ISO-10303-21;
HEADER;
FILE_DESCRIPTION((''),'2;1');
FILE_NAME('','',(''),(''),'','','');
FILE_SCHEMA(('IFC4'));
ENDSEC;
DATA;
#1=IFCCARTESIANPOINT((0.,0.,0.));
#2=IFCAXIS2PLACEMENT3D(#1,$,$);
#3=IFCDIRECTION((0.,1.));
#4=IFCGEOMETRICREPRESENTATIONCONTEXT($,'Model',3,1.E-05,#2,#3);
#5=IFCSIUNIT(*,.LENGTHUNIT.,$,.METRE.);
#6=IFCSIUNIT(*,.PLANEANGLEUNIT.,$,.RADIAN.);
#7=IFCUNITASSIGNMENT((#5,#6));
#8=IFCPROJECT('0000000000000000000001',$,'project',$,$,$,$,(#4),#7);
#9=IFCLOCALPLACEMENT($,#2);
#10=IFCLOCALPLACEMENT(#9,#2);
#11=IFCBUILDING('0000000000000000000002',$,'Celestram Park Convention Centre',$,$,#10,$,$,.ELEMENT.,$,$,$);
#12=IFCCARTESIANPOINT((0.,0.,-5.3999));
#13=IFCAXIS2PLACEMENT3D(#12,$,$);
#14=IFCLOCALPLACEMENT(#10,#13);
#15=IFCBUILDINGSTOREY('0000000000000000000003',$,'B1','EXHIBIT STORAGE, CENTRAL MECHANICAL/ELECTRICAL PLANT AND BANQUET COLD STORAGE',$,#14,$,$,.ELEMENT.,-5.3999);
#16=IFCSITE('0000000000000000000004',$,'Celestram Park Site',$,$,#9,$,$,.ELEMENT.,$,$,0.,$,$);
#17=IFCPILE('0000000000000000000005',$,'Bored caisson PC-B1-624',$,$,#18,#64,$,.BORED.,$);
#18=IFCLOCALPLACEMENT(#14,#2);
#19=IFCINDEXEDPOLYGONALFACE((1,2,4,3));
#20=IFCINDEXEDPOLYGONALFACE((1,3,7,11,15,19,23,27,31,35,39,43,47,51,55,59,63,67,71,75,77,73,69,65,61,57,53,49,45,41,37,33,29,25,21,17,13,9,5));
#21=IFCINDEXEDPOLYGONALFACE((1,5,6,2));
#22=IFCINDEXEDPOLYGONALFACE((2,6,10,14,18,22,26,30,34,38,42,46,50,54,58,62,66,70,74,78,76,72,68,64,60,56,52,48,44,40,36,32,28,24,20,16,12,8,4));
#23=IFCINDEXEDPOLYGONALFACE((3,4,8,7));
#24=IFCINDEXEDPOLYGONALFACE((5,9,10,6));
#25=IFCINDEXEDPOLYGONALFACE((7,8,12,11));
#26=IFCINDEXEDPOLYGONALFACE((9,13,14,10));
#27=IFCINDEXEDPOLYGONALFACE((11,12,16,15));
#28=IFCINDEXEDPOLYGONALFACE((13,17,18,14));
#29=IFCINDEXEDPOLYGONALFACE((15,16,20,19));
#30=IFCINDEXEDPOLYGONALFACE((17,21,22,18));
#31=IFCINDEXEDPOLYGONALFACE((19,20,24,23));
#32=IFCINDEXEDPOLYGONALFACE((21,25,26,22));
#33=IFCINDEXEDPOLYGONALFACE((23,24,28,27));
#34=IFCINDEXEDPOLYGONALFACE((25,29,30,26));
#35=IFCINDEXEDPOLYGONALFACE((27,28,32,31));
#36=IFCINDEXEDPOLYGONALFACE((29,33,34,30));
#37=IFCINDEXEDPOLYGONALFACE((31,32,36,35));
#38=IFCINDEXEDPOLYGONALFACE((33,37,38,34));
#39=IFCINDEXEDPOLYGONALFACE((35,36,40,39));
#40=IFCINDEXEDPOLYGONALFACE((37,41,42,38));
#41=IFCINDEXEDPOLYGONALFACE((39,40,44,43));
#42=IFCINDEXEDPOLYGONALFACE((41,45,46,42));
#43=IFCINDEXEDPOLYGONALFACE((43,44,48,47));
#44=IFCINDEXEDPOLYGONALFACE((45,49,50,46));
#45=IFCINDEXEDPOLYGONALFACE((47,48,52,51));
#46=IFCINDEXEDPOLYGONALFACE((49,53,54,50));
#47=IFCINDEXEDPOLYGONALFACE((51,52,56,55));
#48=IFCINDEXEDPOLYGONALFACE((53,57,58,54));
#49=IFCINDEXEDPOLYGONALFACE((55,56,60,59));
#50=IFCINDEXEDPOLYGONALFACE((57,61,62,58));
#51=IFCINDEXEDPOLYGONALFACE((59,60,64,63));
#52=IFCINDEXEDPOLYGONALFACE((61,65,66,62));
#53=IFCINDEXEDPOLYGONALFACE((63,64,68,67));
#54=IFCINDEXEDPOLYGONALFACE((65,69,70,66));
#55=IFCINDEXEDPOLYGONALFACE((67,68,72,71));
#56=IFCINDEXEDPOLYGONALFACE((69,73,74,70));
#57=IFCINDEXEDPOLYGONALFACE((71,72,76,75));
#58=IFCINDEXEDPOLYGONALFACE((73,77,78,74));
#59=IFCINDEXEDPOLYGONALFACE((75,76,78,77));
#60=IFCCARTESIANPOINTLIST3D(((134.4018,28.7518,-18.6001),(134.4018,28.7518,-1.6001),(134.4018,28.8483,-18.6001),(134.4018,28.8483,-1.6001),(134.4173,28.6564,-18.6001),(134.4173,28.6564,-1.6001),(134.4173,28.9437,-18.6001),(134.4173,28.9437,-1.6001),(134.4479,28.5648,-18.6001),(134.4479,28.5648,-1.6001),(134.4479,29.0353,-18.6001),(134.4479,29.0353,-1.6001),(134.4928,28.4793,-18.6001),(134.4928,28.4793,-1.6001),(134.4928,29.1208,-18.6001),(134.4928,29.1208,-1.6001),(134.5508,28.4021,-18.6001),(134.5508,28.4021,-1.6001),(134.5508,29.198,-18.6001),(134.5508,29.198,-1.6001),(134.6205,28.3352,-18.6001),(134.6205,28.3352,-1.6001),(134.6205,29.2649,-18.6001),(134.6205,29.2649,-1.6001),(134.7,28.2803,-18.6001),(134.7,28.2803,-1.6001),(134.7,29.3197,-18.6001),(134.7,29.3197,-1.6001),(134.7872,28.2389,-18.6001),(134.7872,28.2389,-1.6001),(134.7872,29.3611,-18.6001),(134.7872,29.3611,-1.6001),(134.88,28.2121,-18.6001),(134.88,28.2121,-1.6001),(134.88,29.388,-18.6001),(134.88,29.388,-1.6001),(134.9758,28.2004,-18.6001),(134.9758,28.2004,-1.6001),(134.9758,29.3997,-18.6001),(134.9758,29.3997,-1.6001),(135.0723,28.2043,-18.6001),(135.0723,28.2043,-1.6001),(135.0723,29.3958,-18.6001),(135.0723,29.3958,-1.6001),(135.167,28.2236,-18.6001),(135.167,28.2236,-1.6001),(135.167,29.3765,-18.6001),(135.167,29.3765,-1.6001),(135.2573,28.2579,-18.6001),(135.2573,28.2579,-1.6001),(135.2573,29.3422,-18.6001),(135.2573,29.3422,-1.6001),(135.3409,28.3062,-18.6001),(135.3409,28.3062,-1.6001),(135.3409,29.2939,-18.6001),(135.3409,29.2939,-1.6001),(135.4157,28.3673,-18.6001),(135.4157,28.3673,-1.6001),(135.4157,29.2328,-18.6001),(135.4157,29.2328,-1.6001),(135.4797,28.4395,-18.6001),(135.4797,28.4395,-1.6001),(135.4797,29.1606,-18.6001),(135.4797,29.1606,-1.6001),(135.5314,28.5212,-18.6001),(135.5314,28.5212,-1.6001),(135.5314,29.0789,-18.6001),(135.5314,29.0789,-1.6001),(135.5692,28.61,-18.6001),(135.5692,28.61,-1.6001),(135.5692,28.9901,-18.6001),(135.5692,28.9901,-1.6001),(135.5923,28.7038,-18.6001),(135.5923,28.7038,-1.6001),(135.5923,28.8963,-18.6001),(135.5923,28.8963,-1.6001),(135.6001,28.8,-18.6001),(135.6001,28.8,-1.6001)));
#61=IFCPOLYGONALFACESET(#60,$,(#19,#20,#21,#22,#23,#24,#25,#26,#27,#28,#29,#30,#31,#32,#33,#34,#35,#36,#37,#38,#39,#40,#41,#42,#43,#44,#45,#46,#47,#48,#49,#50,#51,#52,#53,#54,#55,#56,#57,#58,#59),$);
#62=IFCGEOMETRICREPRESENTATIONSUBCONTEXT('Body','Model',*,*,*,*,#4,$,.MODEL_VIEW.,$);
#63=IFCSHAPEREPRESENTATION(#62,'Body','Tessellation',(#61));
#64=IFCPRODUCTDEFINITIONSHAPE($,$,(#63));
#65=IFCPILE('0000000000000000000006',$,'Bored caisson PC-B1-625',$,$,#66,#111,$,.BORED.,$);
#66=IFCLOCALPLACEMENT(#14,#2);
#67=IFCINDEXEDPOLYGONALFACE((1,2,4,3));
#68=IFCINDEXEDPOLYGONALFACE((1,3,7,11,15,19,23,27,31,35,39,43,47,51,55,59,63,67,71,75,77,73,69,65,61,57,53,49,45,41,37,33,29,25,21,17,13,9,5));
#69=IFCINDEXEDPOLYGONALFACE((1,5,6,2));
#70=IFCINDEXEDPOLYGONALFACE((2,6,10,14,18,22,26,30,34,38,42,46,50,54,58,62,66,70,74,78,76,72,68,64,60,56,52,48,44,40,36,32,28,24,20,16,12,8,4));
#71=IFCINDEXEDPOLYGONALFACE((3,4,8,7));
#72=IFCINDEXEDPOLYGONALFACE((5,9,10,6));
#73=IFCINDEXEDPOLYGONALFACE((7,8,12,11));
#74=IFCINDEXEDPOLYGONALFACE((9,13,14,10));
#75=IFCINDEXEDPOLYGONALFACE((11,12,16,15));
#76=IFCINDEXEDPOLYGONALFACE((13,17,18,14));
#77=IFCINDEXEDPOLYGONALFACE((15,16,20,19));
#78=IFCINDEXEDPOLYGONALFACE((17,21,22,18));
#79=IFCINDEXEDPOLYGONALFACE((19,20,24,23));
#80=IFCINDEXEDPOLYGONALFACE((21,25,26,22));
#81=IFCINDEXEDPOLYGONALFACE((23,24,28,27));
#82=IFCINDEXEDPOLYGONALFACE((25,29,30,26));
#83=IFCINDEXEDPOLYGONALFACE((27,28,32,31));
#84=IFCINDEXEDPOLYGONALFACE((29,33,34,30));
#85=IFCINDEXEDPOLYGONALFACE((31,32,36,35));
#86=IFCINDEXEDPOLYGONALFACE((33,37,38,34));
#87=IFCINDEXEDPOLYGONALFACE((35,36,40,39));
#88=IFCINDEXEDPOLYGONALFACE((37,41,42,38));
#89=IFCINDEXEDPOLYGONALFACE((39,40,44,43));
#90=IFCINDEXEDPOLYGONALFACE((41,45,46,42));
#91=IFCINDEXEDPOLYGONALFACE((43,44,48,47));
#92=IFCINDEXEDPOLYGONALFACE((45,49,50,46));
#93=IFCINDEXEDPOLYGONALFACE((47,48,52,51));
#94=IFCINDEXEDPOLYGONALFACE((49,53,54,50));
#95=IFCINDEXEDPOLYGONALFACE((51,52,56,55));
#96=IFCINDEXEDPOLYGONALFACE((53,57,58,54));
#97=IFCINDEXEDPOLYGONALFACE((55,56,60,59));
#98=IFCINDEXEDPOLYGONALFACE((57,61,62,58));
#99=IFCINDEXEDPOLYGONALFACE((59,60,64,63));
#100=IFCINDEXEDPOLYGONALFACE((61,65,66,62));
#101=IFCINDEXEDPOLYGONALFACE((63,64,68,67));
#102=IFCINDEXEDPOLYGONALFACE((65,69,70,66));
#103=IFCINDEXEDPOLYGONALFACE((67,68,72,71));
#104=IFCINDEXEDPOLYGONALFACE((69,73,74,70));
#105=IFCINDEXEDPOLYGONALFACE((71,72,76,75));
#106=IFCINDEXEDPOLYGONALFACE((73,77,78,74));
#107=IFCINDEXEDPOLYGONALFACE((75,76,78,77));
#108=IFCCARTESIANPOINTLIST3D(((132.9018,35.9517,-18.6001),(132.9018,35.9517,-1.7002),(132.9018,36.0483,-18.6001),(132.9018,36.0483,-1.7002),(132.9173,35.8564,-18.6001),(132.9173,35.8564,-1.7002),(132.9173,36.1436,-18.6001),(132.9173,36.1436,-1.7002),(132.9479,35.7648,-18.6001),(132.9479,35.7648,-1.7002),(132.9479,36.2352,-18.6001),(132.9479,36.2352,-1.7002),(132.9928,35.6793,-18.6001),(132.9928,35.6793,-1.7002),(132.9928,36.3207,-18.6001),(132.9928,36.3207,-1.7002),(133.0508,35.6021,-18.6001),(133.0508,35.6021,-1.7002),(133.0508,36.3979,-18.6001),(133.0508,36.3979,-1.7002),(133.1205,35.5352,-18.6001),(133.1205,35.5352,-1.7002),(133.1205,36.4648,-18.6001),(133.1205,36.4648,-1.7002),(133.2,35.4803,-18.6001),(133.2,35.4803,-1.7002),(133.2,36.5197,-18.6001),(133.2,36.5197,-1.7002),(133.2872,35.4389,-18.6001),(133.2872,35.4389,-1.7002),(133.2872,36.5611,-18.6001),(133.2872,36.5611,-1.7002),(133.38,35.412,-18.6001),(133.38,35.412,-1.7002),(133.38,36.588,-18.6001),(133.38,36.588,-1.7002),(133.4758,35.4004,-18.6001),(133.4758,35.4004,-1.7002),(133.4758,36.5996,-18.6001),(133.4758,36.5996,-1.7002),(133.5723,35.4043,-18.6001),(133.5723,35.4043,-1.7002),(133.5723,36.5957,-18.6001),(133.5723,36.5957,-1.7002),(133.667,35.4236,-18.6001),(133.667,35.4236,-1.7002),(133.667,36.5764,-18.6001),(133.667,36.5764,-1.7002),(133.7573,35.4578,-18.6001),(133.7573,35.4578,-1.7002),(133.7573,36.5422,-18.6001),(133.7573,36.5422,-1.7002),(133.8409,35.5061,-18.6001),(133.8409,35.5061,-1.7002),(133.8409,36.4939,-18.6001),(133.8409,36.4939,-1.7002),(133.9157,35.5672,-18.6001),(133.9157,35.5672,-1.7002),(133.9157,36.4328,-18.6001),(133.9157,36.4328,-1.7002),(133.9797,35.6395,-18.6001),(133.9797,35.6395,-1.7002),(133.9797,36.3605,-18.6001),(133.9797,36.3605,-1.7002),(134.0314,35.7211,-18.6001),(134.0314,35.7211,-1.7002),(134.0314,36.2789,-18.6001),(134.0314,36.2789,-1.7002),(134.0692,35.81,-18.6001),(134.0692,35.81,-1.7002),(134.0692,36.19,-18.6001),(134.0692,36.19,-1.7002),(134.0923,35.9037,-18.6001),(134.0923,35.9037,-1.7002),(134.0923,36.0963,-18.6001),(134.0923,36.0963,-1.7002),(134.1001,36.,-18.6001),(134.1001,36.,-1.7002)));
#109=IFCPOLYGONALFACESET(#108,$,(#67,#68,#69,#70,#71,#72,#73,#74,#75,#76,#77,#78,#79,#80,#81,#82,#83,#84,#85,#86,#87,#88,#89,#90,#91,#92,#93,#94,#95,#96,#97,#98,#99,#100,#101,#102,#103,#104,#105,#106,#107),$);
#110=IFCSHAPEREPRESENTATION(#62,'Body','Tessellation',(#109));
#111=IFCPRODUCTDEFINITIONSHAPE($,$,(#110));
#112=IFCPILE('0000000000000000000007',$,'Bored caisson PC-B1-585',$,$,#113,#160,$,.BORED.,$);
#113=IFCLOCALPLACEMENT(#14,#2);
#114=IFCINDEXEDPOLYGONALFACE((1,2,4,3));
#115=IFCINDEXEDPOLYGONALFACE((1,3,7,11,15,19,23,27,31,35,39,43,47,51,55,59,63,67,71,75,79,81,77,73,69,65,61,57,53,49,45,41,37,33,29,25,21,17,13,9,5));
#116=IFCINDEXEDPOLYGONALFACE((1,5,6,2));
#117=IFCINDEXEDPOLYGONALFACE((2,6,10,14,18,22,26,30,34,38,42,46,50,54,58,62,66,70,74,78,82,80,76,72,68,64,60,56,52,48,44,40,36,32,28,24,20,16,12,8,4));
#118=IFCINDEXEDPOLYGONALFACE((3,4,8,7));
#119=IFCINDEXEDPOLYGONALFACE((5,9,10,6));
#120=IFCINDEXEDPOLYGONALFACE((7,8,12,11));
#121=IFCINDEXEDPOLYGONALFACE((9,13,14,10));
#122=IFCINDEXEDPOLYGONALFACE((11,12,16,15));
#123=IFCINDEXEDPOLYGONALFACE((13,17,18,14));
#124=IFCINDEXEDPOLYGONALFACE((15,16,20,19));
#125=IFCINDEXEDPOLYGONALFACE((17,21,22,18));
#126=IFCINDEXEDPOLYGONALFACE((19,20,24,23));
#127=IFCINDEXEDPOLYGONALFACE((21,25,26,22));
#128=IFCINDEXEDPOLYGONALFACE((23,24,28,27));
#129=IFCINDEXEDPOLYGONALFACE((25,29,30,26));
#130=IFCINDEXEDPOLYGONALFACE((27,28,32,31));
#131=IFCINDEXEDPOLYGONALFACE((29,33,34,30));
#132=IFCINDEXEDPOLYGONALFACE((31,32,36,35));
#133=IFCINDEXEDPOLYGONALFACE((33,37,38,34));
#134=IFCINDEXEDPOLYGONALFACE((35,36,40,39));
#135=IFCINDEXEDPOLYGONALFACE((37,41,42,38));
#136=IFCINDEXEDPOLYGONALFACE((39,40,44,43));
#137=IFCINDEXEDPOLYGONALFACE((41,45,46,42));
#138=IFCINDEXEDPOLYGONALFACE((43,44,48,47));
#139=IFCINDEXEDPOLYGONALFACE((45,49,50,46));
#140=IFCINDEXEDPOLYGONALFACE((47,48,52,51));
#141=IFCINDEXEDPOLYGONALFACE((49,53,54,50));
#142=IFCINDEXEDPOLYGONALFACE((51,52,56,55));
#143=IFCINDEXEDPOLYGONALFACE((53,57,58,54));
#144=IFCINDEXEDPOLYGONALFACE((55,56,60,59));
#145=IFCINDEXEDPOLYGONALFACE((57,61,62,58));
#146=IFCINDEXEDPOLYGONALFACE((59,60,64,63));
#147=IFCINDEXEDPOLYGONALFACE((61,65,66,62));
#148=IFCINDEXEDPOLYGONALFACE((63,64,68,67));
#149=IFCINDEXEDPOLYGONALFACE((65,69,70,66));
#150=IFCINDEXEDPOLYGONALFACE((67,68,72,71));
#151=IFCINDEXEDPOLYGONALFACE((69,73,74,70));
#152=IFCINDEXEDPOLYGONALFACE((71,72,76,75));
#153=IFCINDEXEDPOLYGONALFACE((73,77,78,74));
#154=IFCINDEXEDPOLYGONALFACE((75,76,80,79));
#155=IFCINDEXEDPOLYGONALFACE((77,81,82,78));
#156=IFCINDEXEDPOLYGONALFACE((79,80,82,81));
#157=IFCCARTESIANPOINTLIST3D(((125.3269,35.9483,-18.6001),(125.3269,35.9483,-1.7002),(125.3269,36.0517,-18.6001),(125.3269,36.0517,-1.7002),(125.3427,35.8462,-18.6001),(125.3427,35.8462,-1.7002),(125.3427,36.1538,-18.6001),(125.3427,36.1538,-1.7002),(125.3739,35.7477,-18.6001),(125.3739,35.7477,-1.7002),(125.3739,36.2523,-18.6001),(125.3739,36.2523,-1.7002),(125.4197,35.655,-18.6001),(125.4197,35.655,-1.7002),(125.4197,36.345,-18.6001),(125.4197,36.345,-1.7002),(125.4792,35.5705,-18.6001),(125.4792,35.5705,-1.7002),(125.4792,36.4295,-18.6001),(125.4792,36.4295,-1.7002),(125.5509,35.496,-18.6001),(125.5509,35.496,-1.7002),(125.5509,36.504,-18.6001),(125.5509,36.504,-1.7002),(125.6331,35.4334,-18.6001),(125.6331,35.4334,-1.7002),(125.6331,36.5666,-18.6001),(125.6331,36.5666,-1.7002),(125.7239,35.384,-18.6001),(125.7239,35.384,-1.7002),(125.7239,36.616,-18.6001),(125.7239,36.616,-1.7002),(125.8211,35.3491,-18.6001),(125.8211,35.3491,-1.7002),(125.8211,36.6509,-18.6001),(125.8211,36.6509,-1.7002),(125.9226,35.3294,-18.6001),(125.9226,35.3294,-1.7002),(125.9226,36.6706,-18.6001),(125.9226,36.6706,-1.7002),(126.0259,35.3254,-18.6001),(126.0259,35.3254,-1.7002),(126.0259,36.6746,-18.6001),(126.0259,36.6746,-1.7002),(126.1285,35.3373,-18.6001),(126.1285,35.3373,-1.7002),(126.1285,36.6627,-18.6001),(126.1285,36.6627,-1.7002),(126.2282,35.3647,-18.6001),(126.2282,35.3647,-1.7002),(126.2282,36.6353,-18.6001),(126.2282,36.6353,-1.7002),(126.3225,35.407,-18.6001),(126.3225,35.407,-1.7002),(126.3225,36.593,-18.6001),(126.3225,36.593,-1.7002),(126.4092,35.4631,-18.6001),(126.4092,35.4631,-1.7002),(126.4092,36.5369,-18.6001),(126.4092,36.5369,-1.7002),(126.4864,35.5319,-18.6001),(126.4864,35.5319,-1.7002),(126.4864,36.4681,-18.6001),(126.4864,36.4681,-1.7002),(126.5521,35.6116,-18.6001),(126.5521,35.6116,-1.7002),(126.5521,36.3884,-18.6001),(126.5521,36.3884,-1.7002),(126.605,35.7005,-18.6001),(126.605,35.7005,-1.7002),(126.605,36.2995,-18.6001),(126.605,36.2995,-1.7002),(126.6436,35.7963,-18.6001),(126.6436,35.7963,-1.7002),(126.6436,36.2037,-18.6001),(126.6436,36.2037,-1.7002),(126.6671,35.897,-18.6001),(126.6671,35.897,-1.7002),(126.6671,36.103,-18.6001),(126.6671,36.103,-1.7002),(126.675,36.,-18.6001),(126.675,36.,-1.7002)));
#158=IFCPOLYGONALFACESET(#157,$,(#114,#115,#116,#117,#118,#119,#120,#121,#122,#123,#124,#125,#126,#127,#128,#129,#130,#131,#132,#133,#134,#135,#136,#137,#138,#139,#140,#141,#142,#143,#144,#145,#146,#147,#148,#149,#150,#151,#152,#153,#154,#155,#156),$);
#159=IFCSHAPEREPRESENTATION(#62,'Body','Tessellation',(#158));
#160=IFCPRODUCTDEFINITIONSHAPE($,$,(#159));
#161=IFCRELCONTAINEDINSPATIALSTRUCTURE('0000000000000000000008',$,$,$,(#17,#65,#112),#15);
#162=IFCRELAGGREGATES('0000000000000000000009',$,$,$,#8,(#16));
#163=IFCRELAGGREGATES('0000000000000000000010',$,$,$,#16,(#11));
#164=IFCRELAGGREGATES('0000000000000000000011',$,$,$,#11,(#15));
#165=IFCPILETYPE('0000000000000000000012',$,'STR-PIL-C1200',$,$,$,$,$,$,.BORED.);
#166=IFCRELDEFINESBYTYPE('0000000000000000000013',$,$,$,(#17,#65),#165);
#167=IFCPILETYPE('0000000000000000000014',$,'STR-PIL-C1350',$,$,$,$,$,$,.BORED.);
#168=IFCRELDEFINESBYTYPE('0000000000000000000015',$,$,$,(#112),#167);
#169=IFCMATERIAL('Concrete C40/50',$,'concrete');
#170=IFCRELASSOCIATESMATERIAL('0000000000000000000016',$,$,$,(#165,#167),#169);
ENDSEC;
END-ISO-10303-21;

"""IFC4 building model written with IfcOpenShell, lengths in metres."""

from ifc_helpers import new_model, si_unit, direction, frame, origin, origin_2d, place, context, subcontext, project, spatial, circle, extrude, material, material_profile, profile_set, type_object, element, save


model = new_model("IFC4")

# Units and contexts
model_context = context("Model", 3, precision=1e-05, world=origin(), true_north=direction((0.0, 1.0)))
body_context = subcontext(model_context, "Body", "Model", "MODEL_VIEW")
ifc_project = project(units=[si_unit("LENGTHUNIT", "METRE"), si_unit("PLANEANGLEUNIT", "RADIAN")], contexts=[model_context])

# Site, building, storey
site_placement = place(None, origin())
site = spatial("IfcSite", under=ifc_project, at=site_placement, Name="Celestram Park Site", CompositionType="ELEMENT", RefElevation=0.0)
building_placement = place(site_placement, origin())
building = spatial("IfcBuilding", under=site, at=building_placement, Name="Celestram Park Convention Centre", CompositionType="ELEMENT")
storey_placement = place(building_placement, frame((0.0, 0.0, -5.3999)))
storey = spatial("IfcBuildingStorey", under=building, at=storey_placement, Name="B1", Description="EXHIBIT STORAGE, CENTRAL MECHANICAL/ELECTRICAL PLANT AND BANQUET COLD STORAGE", CompositionType="ELEMENT", Elevation=-5.3999)

# Shared definitions
ifc_material_1 = material(Name="Concrete C40/50", Category="concrete")

# Piles
ifc_material_profile_1 = material_profile(ifc_material_1, circle(Radius=0.6001, at=origin_2d()), Name="CAISSON1200")
ifc_profile_set_1 = profile_set([ifc_material_profile_1], Name="Concrete C40/50")
pile_type_1 = type_object("IfcPileType", Name="STR-PIL-C1200", PredefinedType="BORED", material=ifc_profile_set_1)
for number, where, z_axis, x_axis, name in (
    (1, (135.0, 28.8, -1.6001), (0.0, 0.0, -1.0), (1.0, 0.0, 0.0), "Bored caisson PC-B1-624"),
):
    element("IfcPile", number, at=place(storey_placement, frame(where, z_axis=z_axis, x_axis=x_axis)), inside=storey, type_object=pile_type_1, Name=name, PredefinedType="BORED", context=body_context, shape_type="SweptSolid", body=[
        extrude(circle(Radius=0.6001, at=origin_2d()), origin(), (0.0, 0.0, 1.0), 17.0),
    ])
pile_1_placement = place(storey_placement, frame((133.5, 36.0, -1.7002), z_axis=(0.0, 0.0, -1.0), x_axis=(1.0, 0.0, 0.0)))
element("IfcPile", 2, at=pile_1_placement, inside=storey, type_object=pile_type_1, Name="Bored caisson PC-B1-625", PredefinedType="BORED", context=body_context, shape_type="SweptSolid", body=[
    extrude(circle(Radius=0.6001, at=origin_2d()), origin(), (0.0, 0.0, 1.0), 16.8999),
])
ifc_material_profile_2 = material_profile(ifc_material_1, circle(Radius=0.675, at=origin_2d()), Name="CAISSON1350")
ifc_profile_set_2 = profile_set([ifc_material_profile_2], Name="Concrete C40/50")
pile_type_2 = type_object("IfcPileType", Name="STR-PIL-C1350", PredefinedType="BORED", material=ifc_profile_set_2)
pile_2_placement = place(storey_placement, frame((126.0, 36.0, -1.7002), z_axis=(0.0, 0.0, -1.0), x_axis=(1.0, 0.0, 0.0)))
element("IfcPile", 3, at=pile_2_placement, inside=storey, type_object=pile_type_2, Name="Bored caisson PC-B1-585", PredefinedType="BORED", context=body_context, shape_type="SweptSolid", body=[
    extrude(circle(Radius=0.675, at=origin_2d()), origin(), (0.0, 0.0, 1.0), 16.8999),
])

save(model, "model.ifc")
